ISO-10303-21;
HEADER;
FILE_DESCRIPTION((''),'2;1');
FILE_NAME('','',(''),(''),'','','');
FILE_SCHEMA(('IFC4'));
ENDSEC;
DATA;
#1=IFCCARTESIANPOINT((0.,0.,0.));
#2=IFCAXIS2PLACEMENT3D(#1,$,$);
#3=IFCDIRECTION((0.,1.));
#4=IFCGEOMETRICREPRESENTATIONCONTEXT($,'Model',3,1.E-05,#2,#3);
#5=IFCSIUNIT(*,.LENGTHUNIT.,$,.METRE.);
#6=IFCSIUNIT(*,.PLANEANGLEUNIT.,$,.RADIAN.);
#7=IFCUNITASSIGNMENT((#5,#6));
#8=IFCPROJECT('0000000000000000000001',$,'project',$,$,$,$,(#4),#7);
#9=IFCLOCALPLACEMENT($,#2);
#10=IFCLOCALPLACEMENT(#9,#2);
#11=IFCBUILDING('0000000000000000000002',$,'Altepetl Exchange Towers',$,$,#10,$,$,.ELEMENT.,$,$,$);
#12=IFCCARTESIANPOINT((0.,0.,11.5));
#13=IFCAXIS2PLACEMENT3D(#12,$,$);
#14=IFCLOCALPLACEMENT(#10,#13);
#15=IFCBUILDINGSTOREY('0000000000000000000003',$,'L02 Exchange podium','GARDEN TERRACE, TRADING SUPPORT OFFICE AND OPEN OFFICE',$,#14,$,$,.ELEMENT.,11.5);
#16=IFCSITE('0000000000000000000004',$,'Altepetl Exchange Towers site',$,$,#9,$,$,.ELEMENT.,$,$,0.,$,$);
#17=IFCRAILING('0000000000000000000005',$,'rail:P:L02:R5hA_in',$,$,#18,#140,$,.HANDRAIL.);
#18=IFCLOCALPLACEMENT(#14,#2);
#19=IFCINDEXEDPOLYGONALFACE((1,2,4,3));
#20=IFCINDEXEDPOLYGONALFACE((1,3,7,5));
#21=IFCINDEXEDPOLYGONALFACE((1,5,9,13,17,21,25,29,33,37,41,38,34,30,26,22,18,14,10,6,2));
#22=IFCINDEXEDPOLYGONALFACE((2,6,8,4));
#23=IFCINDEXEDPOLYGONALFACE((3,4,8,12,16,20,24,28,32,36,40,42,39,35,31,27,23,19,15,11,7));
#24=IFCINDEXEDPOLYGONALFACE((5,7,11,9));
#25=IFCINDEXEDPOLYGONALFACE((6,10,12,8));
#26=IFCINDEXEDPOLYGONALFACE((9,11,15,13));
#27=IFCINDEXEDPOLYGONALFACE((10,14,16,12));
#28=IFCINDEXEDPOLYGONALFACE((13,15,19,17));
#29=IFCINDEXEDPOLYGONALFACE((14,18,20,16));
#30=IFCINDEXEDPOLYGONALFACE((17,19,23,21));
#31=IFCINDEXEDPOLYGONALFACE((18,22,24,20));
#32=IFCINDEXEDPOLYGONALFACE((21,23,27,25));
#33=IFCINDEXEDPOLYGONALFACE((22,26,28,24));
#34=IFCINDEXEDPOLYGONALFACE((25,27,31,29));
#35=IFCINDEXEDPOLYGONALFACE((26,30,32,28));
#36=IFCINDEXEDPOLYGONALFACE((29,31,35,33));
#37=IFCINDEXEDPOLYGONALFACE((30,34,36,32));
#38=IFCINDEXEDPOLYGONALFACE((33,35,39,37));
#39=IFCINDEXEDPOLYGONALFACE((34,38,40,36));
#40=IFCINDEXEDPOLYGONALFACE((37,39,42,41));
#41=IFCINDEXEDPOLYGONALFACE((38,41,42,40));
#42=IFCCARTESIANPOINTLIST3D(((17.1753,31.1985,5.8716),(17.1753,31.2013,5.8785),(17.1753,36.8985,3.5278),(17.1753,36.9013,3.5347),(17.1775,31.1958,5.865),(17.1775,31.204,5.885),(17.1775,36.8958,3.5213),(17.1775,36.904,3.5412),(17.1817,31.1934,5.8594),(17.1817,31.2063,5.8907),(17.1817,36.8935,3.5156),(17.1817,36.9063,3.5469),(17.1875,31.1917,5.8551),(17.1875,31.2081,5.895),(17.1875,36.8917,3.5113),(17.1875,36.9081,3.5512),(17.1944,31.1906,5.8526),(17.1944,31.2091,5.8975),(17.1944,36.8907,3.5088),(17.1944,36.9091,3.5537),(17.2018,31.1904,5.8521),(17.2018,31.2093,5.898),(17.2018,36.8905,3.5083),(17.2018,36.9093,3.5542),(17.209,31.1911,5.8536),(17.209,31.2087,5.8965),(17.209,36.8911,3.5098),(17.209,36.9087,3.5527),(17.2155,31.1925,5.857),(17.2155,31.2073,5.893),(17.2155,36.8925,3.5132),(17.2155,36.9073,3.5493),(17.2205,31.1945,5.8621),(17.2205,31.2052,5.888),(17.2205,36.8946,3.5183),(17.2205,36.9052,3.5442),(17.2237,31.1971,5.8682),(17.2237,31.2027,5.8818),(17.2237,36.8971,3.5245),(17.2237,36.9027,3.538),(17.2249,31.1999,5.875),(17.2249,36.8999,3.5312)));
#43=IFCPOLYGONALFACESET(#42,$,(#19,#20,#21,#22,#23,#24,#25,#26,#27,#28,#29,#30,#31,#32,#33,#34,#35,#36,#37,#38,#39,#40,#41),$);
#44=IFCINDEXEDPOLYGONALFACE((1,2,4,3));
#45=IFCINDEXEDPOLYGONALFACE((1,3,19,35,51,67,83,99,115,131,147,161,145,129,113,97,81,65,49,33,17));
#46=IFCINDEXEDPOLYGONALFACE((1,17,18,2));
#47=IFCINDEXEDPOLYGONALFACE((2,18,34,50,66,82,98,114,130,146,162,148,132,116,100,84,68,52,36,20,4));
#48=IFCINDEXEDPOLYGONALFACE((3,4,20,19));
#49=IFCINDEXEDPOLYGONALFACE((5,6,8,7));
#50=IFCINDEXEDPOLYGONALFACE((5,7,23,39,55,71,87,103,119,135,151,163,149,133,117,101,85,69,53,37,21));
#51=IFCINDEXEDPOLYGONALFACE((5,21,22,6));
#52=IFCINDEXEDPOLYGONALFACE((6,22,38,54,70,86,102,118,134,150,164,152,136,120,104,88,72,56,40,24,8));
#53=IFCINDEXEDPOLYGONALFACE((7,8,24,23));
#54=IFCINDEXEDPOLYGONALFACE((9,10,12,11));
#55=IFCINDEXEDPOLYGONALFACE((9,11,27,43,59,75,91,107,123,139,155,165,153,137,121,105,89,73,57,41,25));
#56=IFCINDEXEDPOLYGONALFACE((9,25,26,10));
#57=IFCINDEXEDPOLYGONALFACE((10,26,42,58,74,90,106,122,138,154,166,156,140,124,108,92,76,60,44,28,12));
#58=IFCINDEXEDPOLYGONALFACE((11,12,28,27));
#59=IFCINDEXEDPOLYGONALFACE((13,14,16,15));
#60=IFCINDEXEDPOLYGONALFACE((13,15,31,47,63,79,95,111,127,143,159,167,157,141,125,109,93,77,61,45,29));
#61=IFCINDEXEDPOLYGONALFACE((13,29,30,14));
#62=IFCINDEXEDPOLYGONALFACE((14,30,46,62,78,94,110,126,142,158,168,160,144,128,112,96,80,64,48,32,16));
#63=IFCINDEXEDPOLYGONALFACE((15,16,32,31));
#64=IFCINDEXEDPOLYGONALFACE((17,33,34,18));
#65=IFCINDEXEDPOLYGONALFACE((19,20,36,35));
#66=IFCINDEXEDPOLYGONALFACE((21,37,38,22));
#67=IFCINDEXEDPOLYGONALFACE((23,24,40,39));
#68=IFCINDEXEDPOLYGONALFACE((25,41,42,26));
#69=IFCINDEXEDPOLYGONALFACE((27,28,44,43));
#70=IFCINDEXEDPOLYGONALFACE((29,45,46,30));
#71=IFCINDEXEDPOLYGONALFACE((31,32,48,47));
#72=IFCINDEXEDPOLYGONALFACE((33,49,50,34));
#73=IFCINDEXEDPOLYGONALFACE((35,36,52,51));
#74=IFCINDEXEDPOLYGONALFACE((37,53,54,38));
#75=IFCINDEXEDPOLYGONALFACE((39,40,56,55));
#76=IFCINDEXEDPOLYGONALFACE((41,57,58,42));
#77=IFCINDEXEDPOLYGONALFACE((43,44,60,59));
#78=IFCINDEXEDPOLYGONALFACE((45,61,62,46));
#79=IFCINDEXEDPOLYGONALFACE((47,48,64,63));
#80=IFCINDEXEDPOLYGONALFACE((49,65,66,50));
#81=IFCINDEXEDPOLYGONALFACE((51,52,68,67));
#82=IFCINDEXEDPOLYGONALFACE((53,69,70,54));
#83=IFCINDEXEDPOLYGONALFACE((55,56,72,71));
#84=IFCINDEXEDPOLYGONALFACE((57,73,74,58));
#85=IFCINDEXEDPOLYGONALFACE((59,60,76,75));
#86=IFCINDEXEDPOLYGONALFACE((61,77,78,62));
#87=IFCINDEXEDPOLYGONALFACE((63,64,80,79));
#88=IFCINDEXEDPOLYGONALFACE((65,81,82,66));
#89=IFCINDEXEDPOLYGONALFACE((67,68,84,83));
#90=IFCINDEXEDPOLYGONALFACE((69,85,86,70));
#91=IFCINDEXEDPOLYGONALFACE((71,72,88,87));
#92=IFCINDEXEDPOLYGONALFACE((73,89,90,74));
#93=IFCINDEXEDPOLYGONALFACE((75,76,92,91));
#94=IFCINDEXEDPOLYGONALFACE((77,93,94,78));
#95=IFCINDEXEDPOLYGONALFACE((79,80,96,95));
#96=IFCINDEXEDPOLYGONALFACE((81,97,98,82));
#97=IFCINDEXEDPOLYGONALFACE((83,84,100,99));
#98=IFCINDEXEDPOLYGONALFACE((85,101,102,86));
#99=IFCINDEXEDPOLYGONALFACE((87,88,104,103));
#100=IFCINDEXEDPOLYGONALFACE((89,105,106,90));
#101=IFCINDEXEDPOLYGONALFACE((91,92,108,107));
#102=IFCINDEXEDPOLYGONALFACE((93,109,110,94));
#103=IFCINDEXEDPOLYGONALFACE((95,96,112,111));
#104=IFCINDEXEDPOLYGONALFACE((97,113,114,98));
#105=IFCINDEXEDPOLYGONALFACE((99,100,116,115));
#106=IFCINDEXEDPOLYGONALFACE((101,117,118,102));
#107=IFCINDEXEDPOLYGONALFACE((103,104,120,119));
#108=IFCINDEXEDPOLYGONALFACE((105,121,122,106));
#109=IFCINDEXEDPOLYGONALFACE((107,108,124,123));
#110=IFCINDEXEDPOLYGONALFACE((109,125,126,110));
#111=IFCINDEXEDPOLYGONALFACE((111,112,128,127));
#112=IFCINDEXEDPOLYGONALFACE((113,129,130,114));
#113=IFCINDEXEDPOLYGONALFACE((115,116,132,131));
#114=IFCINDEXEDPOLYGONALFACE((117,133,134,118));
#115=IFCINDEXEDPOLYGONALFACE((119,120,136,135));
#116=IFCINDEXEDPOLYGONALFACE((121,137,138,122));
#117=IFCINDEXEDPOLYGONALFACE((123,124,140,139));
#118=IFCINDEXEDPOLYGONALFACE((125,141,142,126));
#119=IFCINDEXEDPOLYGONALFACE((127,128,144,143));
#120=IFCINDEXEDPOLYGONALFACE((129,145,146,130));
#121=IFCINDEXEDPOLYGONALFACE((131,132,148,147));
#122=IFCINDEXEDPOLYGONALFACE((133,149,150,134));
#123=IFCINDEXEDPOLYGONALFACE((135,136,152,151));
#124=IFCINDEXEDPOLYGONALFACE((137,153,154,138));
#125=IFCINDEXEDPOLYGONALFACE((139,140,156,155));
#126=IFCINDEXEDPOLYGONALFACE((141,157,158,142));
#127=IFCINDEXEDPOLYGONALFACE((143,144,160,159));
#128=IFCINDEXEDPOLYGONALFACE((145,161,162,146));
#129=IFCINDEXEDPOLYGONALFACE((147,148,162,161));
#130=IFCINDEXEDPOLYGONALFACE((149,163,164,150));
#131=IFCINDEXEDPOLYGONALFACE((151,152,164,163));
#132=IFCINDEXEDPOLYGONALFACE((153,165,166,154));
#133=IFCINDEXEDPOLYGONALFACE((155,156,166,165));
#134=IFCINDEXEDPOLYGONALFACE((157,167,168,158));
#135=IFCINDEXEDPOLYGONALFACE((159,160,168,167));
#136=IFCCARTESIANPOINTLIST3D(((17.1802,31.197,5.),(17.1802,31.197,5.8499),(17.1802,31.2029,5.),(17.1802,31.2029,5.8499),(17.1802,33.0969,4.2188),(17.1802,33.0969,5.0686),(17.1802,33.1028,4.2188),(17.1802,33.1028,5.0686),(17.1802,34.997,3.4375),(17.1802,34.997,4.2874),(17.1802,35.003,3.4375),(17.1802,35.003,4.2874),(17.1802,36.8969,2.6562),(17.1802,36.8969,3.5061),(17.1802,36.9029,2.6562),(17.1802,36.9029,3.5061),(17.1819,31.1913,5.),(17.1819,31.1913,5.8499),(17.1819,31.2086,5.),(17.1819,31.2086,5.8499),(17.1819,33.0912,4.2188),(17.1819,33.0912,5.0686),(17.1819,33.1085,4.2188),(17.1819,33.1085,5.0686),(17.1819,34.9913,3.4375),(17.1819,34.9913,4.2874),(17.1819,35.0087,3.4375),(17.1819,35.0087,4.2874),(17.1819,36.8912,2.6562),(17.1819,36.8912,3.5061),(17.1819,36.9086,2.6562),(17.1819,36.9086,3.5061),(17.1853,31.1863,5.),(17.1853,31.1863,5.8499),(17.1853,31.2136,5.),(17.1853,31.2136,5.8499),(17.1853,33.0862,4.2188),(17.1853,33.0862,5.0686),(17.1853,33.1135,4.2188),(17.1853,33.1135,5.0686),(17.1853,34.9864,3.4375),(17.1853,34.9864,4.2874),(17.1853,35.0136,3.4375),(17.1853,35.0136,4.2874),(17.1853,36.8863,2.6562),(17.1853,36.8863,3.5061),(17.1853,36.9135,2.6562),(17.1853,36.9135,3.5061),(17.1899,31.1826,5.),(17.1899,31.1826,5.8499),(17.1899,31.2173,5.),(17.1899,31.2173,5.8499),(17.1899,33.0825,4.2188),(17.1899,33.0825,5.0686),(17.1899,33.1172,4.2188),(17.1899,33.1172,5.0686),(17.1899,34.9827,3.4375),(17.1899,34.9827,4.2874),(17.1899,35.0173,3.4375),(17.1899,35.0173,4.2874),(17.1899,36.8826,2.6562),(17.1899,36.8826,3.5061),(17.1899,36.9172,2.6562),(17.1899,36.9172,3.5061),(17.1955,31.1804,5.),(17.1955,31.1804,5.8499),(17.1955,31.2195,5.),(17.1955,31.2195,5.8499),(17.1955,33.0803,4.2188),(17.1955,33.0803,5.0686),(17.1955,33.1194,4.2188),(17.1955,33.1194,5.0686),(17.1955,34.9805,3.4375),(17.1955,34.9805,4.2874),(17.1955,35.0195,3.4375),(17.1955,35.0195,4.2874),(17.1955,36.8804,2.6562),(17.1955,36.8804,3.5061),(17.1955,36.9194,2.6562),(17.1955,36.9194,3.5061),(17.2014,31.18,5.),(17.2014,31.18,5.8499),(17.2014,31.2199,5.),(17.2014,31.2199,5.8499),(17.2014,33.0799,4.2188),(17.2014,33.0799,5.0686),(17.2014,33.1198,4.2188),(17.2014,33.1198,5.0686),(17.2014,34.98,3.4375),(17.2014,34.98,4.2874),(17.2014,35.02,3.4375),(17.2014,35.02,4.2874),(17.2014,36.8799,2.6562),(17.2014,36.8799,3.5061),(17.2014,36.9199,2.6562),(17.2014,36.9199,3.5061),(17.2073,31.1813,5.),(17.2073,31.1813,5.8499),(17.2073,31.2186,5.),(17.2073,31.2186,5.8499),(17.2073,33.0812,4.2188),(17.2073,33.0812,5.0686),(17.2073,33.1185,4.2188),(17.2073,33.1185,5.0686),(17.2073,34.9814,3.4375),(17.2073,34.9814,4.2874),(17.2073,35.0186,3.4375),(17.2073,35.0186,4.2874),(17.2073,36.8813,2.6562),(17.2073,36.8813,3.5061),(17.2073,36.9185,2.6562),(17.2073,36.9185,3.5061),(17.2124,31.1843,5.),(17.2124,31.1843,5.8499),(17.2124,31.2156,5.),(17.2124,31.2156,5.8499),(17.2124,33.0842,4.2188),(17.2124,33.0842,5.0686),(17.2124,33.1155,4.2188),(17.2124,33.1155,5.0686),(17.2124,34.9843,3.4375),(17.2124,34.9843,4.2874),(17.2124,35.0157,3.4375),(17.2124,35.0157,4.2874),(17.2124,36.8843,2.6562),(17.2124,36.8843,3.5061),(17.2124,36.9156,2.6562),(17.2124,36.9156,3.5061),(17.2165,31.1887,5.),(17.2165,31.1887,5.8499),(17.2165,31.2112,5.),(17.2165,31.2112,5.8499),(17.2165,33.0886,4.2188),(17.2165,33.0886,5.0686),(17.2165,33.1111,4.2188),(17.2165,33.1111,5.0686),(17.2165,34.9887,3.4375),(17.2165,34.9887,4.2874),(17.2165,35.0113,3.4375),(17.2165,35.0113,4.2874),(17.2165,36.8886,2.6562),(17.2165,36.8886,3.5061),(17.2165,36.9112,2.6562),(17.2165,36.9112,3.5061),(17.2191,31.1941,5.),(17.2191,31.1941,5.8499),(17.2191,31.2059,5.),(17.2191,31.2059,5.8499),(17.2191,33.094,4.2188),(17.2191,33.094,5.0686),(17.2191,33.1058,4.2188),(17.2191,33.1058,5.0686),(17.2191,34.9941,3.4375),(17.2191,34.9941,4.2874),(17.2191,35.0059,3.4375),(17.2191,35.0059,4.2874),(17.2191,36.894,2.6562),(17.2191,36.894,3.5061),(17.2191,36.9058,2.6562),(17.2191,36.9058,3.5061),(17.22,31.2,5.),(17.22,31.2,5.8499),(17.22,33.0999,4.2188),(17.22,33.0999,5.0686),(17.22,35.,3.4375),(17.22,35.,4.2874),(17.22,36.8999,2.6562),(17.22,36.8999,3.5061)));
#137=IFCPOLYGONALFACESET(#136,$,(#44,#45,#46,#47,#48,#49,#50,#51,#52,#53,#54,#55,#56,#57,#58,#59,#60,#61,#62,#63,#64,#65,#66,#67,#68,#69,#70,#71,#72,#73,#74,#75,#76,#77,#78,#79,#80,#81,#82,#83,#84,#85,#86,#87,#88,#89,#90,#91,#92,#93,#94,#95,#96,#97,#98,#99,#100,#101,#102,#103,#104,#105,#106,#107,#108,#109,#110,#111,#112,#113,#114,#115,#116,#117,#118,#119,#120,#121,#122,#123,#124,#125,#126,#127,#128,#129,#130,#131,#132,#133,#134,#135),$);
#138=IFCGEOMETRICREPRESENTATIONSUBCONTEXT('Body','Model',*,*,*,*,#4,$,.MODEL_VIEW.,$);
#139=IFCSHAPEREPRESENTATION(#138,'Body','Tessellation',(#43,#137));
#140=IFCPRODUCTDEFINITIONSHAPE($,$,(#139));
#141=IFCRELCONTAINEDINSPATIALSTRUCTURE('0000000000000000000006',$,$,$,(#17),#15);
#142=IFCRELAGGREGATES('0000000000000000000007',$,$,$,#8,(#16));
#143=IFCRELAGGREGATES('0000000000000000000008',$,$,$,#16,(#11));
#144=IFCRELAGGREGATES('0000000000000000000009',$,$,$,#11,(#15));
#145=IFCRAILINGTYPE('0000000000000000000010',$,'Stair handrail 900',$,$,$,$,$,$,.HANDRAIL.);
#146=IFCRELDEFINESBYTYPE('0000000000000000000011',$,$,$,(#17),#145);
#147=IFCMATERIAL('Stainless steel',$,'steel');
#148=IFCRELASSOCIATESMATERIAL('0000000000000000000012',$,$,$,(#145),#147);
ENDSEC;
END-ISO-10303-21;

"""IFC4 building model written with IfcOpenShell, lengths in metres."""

from ifc_helpers import new_model, si_unit, direction, frame, origin, origin_2d, place, context, subcontext, project, spatial, circle, extrude, source, transform, mapped, material, type_object, element, save


model = new_model("IFC4")

# Units and contexts
model_context = context("Model", 3, precision=1e-05, world=origin(), true_north=direction((0.0, 1.0)))
body_context = subcontext(model_context, "Body", "Model", "MODEL_VIEW")
ifc_project = project(units=[si_unit("LENGTHUNIT", "METRE"), si_unit("PLANEANGLEUNIT", "RADIAN")], contexts=[model_context])

# Site, building, storey
site_placement = place(None, origin())
site = spatial("IfcSite", under=ifc_project, at=site_placement, Name="Altepetl Exchange Towers site", CompositionType="ELEMENT", RefElevation=0.0)
building_placement = place(site_placement, origin())
building = spatial("IfcBuilding", under=site, at=building_placement, Name="Altepetl Exchange Towers", CompositionType="ELEMENT")
storey_placement = place(building_placement, frame((0.0, 0.0, 11.5)))
storey = spatial("IfcBuildingStorey", under=building, at=storey_placement, Name="L02 Exchange podium", Description="GARDEN TERRACE, TRADING SUPPORT OFFICE AND OPEN OFFICE", CompositionType="ELEMENT", Elevation=11.5)

# Railing
ifc_material_1 = material(Name="Stainless steel", Category="steel")
railing_type_1 = type_object("IfcRailingType", Name="Stair handrail 900", PredefinedType="HANDRAIL", material=ifc_material_1)
shared_shape_1 = source(origin(), body_context, "Body", "SweptSolid", [
    extrude(circle(Radius=0.02, at=origin_2d()), origin(), (0.0, 0.0, 1.0), 0.8499),
])
for number, where, name in (
    (1, (17.2, 36.8999, 2.6562), "rail:P:L02:R5hA_in"),
):
    element("IfcRailing", number, at=place(storey_placement, frame(where)), inside=storey, type_object=railing_type_1, Name=name, PredefinedType="HANDRAIL", context=body_context, shape_type="SweptSolid", body=[
        extrude(circle(Radius=0.0249, at=origin_2d()), frame((0.0, 0.0, 0.875), z_axis=(0.0, -0.924866, 0.380293), x_axis=(1.0, 0.0, 0.0)), (0.0, 0.0, 1.0), 6.1631),
        mapped(shared_shape_1, transform((0.0, 0.0, 0.0))),
        mapped(shared_shape_1, transform((0.0, -1.8999, 0.7812))),
        mapped(shared_shape_1, transform((0.0, -3.8, 1.5625))),
        mapped(shared_shape_1, transform((0.0, -5.7, 2.3438))),
    ])

save(model, "model.ifc")
